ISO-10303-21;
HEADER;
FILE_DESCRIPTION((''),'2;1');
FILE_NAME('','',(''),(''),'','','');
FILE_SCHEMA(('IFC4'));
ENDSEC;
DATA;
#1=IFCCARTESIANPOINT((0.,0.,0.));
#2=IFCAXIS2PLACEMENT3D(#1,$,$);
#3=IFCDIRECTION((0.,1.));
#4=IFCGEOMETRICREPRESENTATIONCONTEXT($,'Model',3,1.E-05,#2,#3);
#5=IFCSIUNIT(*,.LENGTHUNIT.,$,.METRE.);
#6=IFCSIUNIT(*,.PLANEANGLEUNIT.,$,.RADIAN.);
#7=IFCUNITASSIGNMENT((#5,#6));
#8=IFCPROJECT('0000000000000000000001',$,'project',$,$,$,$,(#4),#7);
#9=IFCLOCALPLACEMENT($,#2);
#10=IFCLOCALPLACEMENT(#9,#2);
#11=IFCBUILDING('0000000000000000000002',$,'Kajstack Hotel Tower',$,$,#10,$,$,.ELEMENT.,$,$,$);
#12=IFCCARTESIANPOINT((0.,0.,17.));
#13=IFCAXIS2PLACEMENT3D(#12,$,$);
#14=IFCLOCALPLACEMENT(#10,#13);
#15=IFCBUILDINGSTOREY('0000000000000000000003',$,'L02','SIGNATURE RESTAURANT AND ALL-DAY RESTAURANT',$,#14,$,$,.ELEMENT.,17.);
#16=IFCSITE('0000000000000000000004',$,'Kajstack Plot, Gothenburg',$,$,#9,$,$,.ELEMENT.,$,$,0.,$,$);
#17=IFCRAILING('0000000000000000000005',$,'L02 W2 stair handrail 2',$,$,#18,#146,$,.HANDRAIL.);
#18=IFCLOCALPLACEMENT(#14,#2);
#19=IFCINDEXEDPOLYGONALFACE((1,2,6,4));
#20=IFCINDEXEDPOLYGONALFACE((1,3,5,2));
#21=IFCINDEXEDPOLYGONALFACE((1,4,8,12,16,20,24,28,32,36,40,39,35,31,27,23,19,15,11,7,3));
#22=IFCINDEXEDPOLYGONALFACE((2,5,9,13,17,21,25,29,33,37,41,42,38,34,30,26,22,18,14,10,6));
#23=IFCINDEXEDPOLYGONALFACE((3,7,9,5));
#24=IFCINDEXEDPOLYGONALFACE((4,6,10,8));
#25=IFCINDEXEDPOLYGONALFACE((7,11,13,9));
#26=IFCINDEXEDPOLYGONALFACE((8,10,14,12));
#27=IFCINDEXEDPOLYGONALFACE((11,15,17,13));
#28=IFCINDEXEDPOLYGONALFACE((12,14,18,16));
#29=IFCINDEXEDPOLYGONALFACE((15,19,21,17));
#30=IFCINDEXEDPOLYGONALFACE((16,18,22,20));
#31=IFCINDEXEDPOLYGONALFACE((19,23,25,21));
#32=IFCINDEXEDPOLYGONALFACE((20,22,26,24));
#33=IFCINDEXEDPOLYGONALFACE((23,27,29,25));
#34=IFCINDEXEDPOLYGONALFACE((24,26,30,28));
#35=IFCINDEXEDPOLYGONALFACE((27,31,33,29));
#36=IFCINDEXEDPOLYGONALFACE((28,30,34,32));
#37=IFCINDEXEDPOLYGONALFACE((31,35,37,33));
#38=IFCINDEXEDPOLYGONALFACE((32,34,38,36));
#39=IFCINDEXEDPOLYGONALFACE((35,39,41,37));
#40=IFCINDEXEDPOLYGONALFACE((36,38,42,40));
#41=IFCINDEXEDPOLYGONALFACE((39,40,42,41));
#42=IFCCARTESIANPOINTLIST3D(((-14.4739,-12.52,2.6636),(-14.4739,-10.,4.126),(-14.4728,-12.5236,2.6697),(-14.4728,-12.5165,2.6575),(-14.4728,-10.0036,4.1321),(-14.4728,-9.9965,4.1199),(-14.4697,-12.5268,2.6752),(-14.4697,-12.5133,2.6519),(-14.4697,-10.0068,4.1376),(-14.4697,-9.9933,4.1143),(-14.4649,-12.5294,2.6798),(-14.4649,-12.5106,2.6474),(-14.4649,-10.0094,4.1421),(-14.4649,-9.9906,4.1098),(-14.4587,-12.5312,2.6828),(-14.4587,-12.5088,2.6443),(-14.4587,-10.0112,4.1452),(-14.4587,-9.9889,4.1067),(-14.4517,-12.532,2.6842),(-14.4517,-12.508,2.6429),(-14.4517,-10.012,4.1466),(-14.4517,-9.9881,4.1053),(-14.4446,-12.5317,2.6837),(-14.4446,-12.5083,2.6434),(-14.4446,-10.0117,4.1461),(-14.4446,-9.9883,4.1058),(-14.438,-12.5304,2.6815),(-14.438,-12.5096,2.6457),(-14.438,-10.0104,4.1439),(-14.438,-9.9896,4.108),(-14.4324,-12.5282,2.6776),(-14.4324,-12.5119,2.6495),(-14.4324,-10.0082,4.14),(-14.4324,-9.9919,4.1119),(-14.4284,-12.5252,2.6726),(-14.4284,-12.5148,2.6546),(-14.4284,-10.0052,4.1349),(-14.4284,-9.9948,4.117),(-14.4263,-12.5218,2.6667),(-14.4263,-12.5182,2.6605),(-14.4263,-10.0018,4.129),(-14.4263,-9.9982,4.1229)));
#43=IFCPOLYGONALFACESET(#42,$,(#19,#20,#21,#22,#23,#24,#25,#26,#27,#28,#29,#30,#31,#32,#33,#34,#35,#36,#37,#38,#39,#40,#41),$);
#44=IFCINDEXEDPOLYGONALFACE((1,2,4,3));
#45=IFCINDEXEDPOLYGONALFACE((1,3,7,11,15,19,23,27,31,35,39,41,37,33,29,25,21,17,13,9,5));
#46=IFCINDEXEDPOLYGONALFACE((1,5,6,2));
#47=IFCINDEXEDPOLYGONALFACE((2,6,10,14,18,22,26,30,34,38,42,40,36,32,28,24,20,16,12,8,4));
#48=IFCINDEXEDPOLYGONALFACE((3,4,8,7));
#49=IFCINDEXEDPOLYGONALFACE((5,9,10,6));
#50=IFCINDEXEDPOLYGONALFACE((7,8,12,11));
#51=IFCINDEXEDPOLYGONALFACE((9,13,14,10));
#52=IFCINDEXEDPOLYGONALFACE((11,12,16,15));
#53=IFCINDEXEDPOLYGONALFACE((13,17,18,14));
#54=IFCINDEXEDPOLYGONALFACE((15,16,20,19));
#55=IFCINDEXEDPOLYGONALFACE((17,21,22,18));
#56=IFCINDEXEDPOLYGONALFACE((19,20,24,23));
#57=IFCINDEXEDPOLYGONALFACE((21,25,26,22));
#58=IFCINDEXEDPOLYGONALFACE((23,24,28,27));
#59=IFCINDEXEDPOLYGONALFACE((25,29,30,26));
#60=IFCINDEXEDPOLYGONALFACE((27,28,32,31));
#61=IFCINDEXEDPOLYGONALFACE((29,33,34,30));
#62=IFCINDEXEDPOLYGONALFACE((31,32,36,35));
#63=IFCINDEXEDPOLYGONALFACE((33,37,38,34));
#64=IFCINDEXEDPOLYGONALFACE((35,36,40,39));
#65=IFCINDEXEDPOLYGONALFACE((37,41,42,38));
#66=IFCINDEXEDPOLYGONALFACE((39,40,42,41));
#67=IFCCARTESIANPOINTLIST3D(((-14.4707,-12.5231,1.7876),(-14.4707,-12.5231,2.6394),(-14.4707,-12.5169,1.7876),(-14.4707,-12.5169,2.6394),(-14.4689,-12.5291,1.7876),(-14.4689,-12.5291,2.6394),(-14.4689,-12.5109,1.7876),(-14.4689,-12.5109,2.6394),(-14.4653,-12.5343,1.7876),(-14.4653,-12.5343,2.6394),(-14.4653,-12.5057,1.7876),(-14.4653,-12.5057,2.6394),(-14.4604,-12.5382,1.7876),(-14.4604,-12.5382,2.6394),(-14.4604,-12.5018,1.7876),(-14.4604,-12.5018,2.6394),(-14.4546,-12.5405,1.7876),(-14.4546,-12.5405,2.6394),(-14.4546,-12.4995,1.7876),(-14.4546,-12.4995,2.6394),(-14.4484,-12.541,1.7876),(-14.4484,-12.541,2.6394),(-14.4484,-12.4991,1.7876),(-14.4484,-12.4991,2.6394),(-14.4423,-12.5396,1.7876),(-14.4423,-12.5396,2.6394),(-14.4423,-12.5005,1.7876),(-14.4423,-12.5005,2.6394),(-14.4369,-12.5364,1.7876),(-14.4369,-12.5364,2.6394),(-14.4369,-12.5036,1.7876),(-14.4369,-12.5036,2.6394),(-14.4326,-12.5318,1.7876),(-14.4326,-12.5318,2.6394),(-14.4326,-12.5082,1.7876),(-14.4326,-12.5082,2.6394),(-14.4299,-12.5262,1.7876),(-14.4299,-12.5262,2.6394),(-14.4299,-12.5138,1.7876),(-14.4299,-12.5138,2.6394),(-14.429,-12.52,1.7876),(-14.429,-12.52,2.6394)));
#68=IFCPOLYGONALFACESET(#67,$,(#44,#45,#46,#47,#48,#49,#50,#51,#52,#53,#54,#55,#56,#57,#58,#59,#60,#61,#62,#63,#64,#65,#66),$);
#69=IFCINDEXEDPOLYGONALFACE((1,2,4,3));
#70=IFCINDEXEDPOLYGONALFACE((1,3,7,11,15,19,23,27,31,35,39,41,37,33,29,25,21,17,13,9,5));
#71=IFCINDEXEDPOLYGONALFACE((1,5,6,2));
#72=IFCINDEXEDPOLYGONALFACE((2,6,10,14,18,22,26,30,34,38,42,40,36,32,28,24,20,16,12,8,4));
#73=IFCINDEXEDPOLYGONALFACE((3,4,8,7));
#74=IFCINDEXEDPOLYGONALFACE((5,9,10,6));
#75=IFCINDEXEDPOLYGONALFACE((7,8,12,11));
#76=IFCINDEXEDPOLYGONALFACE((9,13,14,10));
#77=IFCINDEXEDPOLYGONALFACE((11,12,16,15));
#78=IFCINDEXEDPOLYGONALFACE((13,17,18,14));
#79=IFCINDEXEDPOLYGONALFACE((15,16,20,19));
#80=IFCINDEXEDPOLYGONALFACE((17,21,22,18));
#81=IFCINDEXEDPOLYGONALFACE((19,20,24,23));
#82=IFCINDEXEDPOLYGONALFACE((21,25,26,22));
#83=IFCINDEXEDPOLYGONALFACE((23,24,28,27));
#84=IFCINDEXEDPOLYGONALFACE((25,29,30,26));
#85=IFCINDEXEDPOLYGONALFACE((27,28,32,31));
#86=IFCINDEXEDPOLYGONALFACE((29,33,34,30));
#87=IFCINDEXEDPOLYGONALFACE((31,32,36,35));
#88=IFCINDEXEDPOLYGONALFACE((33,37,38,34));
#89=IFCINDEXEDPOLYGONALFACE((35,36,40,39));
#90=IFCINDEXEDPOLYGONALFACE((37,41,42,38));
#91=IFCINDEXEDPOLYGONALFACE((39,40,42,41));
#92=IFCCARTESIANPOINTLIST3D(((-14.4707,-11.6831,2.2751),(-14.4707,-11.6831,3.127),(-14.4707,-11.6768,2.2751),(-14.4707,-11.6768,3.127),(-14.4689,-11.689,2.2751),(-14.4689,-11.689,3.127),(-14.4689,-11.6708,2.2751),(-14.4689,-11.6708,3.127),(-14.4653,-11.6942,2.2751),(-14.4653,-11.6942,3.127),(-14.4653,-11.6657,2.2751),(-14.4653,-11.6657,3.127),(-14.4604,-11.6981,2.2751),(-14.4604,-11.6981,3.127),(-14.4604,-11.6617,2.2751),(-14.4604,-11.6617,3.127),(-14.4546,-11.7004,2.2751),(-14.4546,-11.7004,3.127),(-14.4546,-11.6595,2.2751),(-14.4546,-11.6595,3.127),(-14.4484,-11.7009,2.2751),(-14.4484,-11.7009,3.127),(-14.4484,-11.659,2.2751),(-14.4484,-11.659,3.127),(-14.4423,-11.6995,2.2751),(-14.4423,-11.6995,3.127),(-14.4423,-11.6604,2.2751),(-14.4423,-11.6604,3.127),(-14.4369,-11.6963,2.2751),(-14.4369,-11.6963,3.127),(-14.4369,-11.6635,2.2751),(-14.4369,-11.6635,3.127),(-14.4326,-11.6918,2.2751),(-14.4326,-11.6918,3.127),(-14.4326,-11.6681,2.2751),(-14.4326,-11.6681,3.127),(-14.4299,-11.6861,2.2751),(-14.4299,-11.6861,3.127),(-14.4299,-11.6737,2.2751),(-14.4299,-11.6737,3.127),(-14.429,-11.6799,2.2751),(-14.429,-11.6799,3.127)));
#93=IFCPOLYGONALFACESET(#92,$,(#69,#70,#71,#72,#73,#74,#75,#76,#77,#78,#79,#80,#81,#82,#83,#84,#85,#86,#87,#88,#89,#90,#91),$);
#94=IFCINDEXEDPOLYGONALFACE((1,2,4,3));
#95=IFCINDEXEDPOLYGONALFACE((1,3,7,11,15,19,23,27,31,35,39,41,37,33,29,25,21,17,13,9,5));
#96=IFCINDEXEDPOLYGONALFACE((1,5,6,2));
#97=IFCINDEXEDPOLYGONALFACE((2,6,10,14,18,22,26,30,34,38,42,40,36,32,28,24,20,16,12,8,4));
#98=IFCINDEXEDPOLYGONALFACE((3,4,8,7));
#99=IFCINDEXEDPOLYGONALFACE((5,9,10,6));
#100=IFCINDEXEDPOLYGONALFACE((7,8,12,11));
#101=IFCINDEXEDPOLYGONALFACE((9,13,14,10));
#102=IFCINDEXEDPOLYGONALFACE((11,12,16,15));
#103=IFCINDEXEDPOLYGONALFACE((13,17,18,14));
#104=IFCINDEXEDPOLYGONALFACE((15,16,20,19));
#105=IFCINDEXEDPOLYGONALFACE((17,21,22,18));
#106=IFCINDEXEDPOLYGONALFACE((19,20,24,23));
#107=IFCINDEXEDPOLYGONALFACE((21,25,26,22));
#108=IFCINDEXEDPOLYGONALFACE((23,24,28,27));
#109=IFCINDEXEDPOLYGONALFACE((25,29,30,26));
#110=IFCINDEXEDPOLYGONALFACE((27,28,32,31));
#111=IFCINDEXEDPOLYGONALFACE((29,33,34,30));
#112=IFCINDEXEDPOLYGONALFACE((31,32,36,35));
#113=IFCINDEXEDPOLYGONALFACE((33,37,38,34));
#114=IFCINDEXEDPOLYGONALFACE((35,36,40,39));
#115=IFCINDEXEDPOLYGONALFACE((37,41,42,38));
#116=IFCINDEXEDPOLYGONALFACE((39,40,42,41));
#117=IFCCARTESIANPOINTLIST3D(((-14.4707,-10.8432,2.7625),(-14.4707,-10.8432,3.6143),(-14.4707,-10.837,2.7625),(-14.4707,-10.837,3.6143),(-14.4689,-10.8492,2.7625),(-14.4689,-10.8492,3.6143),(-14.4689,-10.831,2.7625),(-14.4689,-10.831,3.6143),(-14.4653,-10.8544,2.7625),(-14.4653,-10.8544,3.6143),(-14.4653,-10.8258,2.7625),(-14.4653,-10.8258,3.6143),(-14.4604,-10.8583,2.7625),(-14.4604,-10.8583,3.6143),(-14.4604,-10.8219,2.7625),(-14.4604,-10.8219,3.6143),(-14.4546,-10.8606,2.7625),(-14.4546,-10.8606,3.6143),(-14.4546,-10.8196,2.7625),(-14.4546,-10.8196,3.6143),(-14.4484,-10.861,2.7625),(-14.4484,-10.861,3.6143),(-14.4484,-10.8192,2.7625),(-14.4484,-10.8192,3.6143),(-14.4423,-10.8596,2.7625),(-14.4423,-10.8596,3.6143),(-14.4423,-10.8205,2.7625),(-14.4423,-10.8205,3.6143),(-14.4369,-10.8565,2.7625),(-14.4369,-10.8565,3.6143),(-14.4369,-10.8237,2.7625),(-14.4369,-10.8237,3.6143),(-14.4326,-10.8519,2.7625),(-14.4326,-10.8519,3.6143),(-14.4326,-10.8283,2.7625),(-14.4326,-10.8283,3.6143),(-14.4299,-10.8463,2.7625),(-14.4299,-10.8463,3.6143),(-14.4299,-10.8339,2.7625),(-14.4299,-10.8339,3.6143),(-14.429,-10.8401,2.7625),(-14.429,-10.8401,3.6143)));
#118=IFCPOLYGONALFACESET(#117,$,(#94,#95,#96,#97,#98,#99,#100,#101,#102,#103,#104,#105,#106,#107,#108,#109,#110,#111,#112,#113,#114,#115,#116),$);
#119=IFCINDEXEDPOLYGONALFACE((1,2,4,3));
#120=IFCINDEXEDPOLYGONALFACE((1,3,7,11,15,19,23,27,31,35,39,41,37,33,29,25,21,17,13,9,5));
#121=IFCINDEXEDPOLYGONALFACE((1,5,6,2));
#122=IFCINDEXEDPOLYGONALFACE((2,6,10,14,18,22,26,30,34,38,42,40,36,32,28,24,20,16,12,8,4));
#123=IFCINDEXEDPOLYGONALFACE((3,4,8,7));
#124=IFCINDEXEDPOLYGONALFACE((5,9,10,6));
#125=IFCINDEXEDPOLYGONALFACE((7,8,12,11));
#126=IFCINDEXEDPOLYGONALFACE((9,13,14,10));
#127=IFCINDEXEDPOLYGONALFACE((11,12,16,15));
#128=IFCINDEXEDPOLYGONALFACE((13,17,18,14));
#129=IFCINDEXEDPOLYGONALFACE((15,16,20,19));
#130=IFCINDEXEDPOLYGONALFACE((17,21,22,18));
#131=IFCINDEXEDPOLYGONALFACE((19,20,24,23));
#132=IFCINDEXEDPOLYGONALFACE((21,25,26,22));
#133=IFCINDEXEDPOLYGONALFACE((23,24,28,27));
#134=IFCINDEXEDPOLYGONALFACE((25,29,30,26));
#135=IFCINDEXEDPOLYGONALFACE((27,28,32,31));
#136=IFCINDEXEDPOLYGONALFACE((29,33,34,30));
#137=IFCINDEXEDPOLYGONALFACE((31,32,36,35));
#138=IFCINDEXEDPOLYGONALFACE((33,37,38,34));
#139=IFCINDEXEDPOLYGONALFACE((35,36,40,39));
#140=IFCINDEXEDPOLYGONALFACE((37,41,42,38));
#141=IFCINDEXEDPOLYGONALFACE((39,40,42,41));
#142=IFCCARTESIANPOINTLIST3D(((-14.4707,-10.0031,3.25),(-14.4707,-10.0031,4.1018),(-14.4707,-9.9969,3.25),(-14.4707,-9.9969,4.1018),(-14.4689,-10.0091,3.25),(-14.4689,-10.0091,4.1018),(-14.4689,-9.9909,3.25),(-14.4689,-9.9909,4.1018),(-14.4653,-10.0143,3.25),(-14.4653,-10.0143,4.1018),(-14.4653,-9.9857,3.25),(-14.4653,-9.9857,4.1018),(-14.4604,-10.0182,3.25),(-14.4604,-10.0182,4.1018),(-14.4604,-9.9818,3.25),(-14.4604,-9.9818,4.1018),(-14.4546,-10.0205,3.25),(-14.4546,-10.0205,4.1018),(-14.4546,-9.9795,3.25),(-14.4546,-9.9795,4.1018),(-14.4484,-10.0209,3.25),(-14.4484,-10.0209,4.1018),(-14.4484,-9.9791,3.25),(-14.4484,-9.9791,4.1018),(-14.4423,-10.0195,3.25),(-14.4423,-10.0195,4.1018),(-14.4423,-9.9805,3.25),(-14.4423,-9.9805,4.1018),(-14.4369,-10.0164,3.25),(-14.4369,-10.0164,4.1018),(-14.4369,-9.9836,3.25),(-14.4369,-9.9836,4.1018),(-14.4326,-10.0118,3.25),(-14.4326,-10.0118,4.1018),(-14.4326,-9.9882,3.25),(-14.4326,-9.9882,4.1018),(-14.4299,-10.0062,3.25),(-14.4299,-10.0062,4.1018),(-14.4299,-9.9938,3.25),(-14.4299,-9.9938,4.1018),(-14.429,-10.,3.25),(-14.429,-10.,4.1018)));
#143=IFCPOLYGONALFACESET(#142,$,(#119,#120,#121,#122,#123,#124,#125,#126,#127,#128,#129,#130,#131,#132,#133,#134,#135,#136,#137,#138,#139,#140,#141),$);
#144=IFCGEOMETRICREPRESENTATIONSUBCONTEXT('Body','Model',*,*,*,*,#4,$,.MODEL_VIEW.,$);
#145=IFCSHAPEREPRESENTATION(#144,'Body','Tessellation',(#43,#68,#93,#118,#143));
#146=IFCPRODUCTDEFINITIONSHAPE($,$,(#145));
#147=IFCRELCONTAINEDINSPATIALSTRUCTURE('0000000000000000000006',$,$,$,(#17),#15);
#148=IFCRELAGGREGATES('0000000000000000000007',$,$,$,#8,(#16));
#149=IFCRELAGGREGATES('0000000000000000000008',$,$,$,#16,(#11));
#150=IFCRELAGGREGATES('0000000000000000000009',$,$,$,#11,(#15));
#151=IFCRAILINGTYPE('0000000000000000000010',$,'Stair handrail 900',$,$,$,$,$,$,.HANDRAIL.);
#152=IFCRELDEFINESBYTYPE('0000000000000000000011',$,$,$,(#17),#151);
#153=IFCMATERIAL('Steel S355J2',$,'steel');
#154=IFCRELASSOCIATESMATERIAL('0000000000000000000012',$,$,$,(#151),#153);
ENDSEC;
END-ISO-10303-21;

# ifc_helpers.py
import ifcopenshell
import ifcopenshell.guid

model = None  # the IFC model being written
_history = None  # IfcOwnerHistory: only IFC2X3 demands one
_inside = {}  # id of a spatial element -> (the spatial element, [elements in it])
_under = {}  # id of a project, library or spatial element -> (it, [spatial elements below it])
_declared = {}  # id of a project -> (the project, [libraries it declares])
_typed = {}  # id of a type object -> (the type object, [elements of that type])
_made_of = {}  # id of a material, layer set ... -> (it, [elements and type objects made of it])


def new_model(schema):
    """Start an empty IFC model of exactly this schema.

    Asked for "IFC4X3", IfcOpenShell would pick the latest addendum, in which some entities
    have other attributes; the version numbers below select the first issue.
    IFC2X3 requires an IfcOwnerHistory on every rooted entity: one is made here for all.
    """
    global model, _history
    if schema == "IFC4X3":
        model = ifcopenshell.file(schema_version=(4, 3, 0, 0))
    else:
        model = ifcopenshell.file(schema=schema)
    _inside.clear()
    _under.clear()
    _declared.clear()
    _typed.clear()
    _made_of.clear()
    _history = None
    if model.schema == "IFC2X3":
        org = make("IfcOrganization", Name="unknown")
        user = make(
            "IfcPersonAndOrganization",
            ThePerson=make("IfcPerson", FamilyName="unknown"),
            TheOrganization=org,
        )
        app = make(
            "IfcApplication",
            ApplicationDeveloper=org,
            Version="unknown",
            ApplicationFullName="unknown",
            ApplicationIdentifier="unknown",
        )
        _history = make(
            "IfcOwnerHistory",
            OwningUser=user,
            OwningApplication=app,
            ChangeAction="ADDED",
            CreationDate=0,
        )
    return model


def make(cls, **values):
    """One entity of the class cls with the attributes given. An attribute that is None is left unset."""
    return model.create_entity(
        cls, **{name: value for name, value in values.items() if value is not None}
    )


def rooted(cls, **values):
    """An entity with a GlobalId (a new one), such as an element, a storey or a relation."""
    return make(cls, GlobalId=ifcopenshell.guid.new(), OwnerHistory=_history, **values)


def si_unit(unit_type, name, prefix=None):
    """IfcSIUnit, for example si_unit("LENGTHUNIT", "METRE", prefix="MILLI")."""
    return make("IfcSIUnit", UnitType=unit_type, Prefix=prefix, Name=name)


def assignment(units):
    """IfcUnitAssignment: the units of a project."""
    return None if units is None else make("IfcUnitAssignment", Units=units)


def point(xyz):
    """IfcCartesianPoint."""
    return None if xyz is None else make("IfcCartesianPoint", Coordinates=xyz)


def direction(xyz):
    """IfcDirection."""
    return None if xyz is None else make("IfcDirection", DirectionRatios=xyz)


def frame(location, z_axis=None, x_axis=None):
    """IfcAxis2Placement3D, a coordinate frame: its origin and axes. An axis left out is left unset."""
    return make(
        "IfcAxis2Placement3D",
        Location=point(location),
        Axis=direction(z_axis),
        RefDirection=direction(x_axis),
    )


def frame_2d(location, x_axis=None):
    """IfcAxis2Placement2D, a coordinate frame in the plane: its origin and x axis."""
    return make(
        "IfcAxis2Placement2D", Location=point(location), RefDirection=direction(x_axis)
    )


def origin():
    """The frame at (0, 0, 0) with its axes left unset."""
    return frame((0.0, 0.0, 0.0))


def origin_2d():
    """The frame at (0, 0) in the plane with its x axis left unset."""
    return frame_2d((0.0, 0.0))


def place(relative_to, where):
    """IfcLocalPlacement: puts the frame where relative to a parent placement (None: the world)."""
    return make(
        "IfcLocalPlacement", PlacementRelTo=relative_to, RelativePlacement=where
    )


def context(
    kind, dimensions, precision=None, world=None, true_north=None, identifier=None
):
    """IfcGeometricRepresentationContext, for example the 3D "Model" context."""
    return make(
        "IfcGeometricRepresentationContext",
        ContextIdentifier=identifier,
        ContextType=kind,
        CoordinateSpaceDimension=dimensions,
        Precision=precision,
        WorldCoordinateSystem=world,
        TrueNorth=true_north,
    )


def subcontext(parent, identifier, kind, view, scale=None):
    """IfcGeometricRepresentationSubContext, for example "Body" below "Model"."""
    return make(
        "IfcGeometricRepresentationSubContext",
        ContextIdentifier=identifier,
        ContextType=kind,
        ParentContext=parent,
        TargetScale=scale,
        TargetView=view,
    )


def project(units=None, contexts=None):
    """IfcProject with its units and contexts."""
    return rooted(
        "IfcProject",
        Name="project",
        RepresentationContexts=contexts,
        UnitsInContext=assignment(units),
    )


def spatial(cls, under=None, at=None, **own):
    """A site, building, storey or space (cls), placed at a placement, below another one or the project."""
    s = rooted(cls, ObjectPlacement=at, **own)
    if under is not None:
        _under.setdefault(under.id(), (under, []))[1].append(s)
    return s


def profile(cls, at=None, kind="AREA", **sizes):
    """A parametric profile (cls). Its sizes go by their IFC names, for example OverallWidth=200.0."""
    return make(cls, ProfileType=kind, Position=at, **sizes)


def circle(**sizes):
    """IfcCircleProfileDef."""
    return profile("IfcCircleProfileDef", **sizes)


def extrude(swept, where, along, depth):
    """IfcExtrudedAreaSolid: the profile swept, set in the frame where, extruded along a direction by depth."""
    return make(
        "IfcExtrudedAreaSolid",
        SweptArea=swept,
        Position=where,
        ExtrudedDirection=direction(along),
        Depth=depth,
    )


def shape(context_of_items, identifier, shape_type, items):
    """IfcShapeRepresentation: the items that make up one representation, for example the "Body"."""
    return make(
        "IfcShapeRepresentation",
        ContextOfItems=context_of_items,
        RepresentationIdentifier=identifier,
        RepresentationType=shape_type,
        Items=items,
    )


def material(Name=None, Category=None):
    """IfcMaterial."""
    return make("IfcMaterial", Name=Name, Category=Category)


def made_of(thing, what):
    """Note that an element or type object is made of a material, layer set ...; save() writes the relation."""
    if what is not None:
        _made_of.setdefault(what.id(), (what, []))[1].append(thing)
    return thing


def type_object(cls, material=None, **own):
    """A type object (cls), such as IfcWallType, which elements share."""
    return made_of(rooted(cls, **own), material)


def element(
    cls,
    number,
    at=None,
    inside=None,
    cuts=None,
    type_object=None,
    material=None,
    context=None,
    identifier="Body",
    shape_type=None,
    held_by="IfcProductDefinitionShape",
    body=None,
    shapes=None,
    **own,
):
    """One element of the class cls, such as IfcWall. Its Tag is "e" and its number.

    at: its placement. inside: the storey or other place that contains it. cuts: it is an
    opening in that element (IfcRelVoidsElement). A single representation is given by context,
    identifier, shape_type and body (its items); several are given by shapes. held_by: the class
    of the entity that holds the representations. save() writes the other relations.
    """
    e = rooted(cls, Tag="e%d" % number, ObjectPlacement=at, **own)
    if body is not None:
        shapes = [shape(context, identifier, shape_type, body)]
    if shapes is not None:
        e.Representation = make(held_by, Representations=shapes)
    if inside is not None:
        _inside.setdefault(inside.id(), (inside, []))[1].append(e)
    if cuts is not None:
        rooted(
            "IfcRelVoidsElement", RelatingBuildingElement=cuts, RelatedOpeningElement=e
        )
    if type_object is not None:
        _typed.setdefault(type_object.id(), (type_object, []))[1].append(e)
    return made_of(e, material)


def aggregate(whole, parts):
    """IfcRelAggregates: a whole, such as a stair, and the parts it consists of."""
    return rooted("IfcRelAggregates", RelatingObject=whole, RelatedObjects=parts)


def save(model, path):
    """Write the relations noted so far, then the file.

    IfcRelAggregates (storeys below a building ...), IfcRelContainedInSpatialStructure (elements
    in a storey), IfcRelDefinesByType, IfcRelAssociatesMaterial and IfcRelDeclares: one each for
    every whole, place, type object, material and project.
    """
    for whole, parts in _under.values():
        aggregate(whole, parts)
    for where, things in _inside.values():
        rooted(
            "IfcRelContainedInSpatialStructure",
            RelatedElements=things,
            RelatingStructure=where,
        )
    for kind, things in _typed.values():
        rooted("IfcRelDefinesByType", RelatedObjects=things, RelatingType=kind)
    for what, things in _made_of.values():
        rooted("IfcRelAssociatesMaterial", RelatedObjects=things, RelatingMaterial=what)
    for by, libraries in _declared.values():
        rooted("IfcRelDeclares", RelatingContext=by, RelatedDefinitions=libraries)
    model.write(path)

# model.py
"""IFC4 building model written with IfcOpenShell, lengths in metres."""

from ifc_helpers import new_model, si_unit, direction, frame, origin, origin_2d, place, context, subcontext, project, spatial, circle, extrude, material, type_object, element, save


model = new_model("IFC4")

# Units and contexts
model_context = context("Model", 3, precision=1e-05, world=origin(), true_north=direction((0.0, 1.0)))
body_context = subcontext(model_context, "Body", "Model", "MODEL_VIEW")
ifc_project = project(units=[si_unit("LENGTHUNIT", "METRE"), si_unit("PLANEANGLEUNIT", "RADIAN")], contexts=[model_context])

# Site, building, storey
site_placement = place(None, origin())
site = spatial("IfcSite", under=ifc_project, at=site_placement, Name="Kajstack Plot, Gothenburg", CompositionType="ELEMENT", RefElevation=0.0)
building_placement = place(site_placement, origin())
building = spatial("IfcBuilding", under=site, at=building_placement, Name="Kajstack Hotel Tower", CompositionType="ELEMENT")
storey_placement = place(building_placement, frame((0.0, 0.0, 17.0)))
storey = spatial("IfcBuildingStorey", under=building, at=storey_placement, Name="L02", Description="SIGNATURE RESTAURANT AND ALL-DAY RESTAURANT", CompositionType="ELEMENT", Elevation=17.0)

# Railing
ifc_material_1 = material(Name="Steel S355J2", Category="steel")
railing_type_1 = type_object("IfcRailingType", Name="Stair handrail 900", PredefinedType="HANDRAIL", material=ifc_material_1)
for number, where, name in (
    (1, (-14.45, -12.52, 1.7876), "L02 W2 stair handrail 2"),
):
    element("IfcRailing", number, at=place(storey_placement, frame(where)), inside=storey, type_object=railing_type_1, Name=name, PredefinedType="HANDRAIL", context=body_context, shape_type="SweptSolid", body=[
        extrude(circle(Radius=0.0239, at=origin_2d()), frame((0.0, 0.0, 0.876), z_axis=(0.0, 0.864913, 0.501921), x_axis=(-1.0, 0.0, 0.0)), (0.0, 0.0, 1.0), 2.9136),
        extrude(circle(Radius=0.021, at=origin_2d()), origin(), (0.0, 0.0, 1.0), 0.8518),
        extrude(circle(Radius=0.021, at=origin_2d()), frame((0.0, 0.8401, 0.4875)), (0.0, 0.0, 1.0), 0.8518),
        extrude(circle(Radius=0.021, at=origin_2d()), frame((0.0, 1.6799, 0.9749)), (0.0, 0.0, 1.0), 0.8518),
        extrude(circle(Radius=0.021, at=origin_2d()), frame((0.0, 2.52, 1.4624)), (0.0, 0.0, 1.0), 0.8518),
    ])

save(model, "model.ifc")
